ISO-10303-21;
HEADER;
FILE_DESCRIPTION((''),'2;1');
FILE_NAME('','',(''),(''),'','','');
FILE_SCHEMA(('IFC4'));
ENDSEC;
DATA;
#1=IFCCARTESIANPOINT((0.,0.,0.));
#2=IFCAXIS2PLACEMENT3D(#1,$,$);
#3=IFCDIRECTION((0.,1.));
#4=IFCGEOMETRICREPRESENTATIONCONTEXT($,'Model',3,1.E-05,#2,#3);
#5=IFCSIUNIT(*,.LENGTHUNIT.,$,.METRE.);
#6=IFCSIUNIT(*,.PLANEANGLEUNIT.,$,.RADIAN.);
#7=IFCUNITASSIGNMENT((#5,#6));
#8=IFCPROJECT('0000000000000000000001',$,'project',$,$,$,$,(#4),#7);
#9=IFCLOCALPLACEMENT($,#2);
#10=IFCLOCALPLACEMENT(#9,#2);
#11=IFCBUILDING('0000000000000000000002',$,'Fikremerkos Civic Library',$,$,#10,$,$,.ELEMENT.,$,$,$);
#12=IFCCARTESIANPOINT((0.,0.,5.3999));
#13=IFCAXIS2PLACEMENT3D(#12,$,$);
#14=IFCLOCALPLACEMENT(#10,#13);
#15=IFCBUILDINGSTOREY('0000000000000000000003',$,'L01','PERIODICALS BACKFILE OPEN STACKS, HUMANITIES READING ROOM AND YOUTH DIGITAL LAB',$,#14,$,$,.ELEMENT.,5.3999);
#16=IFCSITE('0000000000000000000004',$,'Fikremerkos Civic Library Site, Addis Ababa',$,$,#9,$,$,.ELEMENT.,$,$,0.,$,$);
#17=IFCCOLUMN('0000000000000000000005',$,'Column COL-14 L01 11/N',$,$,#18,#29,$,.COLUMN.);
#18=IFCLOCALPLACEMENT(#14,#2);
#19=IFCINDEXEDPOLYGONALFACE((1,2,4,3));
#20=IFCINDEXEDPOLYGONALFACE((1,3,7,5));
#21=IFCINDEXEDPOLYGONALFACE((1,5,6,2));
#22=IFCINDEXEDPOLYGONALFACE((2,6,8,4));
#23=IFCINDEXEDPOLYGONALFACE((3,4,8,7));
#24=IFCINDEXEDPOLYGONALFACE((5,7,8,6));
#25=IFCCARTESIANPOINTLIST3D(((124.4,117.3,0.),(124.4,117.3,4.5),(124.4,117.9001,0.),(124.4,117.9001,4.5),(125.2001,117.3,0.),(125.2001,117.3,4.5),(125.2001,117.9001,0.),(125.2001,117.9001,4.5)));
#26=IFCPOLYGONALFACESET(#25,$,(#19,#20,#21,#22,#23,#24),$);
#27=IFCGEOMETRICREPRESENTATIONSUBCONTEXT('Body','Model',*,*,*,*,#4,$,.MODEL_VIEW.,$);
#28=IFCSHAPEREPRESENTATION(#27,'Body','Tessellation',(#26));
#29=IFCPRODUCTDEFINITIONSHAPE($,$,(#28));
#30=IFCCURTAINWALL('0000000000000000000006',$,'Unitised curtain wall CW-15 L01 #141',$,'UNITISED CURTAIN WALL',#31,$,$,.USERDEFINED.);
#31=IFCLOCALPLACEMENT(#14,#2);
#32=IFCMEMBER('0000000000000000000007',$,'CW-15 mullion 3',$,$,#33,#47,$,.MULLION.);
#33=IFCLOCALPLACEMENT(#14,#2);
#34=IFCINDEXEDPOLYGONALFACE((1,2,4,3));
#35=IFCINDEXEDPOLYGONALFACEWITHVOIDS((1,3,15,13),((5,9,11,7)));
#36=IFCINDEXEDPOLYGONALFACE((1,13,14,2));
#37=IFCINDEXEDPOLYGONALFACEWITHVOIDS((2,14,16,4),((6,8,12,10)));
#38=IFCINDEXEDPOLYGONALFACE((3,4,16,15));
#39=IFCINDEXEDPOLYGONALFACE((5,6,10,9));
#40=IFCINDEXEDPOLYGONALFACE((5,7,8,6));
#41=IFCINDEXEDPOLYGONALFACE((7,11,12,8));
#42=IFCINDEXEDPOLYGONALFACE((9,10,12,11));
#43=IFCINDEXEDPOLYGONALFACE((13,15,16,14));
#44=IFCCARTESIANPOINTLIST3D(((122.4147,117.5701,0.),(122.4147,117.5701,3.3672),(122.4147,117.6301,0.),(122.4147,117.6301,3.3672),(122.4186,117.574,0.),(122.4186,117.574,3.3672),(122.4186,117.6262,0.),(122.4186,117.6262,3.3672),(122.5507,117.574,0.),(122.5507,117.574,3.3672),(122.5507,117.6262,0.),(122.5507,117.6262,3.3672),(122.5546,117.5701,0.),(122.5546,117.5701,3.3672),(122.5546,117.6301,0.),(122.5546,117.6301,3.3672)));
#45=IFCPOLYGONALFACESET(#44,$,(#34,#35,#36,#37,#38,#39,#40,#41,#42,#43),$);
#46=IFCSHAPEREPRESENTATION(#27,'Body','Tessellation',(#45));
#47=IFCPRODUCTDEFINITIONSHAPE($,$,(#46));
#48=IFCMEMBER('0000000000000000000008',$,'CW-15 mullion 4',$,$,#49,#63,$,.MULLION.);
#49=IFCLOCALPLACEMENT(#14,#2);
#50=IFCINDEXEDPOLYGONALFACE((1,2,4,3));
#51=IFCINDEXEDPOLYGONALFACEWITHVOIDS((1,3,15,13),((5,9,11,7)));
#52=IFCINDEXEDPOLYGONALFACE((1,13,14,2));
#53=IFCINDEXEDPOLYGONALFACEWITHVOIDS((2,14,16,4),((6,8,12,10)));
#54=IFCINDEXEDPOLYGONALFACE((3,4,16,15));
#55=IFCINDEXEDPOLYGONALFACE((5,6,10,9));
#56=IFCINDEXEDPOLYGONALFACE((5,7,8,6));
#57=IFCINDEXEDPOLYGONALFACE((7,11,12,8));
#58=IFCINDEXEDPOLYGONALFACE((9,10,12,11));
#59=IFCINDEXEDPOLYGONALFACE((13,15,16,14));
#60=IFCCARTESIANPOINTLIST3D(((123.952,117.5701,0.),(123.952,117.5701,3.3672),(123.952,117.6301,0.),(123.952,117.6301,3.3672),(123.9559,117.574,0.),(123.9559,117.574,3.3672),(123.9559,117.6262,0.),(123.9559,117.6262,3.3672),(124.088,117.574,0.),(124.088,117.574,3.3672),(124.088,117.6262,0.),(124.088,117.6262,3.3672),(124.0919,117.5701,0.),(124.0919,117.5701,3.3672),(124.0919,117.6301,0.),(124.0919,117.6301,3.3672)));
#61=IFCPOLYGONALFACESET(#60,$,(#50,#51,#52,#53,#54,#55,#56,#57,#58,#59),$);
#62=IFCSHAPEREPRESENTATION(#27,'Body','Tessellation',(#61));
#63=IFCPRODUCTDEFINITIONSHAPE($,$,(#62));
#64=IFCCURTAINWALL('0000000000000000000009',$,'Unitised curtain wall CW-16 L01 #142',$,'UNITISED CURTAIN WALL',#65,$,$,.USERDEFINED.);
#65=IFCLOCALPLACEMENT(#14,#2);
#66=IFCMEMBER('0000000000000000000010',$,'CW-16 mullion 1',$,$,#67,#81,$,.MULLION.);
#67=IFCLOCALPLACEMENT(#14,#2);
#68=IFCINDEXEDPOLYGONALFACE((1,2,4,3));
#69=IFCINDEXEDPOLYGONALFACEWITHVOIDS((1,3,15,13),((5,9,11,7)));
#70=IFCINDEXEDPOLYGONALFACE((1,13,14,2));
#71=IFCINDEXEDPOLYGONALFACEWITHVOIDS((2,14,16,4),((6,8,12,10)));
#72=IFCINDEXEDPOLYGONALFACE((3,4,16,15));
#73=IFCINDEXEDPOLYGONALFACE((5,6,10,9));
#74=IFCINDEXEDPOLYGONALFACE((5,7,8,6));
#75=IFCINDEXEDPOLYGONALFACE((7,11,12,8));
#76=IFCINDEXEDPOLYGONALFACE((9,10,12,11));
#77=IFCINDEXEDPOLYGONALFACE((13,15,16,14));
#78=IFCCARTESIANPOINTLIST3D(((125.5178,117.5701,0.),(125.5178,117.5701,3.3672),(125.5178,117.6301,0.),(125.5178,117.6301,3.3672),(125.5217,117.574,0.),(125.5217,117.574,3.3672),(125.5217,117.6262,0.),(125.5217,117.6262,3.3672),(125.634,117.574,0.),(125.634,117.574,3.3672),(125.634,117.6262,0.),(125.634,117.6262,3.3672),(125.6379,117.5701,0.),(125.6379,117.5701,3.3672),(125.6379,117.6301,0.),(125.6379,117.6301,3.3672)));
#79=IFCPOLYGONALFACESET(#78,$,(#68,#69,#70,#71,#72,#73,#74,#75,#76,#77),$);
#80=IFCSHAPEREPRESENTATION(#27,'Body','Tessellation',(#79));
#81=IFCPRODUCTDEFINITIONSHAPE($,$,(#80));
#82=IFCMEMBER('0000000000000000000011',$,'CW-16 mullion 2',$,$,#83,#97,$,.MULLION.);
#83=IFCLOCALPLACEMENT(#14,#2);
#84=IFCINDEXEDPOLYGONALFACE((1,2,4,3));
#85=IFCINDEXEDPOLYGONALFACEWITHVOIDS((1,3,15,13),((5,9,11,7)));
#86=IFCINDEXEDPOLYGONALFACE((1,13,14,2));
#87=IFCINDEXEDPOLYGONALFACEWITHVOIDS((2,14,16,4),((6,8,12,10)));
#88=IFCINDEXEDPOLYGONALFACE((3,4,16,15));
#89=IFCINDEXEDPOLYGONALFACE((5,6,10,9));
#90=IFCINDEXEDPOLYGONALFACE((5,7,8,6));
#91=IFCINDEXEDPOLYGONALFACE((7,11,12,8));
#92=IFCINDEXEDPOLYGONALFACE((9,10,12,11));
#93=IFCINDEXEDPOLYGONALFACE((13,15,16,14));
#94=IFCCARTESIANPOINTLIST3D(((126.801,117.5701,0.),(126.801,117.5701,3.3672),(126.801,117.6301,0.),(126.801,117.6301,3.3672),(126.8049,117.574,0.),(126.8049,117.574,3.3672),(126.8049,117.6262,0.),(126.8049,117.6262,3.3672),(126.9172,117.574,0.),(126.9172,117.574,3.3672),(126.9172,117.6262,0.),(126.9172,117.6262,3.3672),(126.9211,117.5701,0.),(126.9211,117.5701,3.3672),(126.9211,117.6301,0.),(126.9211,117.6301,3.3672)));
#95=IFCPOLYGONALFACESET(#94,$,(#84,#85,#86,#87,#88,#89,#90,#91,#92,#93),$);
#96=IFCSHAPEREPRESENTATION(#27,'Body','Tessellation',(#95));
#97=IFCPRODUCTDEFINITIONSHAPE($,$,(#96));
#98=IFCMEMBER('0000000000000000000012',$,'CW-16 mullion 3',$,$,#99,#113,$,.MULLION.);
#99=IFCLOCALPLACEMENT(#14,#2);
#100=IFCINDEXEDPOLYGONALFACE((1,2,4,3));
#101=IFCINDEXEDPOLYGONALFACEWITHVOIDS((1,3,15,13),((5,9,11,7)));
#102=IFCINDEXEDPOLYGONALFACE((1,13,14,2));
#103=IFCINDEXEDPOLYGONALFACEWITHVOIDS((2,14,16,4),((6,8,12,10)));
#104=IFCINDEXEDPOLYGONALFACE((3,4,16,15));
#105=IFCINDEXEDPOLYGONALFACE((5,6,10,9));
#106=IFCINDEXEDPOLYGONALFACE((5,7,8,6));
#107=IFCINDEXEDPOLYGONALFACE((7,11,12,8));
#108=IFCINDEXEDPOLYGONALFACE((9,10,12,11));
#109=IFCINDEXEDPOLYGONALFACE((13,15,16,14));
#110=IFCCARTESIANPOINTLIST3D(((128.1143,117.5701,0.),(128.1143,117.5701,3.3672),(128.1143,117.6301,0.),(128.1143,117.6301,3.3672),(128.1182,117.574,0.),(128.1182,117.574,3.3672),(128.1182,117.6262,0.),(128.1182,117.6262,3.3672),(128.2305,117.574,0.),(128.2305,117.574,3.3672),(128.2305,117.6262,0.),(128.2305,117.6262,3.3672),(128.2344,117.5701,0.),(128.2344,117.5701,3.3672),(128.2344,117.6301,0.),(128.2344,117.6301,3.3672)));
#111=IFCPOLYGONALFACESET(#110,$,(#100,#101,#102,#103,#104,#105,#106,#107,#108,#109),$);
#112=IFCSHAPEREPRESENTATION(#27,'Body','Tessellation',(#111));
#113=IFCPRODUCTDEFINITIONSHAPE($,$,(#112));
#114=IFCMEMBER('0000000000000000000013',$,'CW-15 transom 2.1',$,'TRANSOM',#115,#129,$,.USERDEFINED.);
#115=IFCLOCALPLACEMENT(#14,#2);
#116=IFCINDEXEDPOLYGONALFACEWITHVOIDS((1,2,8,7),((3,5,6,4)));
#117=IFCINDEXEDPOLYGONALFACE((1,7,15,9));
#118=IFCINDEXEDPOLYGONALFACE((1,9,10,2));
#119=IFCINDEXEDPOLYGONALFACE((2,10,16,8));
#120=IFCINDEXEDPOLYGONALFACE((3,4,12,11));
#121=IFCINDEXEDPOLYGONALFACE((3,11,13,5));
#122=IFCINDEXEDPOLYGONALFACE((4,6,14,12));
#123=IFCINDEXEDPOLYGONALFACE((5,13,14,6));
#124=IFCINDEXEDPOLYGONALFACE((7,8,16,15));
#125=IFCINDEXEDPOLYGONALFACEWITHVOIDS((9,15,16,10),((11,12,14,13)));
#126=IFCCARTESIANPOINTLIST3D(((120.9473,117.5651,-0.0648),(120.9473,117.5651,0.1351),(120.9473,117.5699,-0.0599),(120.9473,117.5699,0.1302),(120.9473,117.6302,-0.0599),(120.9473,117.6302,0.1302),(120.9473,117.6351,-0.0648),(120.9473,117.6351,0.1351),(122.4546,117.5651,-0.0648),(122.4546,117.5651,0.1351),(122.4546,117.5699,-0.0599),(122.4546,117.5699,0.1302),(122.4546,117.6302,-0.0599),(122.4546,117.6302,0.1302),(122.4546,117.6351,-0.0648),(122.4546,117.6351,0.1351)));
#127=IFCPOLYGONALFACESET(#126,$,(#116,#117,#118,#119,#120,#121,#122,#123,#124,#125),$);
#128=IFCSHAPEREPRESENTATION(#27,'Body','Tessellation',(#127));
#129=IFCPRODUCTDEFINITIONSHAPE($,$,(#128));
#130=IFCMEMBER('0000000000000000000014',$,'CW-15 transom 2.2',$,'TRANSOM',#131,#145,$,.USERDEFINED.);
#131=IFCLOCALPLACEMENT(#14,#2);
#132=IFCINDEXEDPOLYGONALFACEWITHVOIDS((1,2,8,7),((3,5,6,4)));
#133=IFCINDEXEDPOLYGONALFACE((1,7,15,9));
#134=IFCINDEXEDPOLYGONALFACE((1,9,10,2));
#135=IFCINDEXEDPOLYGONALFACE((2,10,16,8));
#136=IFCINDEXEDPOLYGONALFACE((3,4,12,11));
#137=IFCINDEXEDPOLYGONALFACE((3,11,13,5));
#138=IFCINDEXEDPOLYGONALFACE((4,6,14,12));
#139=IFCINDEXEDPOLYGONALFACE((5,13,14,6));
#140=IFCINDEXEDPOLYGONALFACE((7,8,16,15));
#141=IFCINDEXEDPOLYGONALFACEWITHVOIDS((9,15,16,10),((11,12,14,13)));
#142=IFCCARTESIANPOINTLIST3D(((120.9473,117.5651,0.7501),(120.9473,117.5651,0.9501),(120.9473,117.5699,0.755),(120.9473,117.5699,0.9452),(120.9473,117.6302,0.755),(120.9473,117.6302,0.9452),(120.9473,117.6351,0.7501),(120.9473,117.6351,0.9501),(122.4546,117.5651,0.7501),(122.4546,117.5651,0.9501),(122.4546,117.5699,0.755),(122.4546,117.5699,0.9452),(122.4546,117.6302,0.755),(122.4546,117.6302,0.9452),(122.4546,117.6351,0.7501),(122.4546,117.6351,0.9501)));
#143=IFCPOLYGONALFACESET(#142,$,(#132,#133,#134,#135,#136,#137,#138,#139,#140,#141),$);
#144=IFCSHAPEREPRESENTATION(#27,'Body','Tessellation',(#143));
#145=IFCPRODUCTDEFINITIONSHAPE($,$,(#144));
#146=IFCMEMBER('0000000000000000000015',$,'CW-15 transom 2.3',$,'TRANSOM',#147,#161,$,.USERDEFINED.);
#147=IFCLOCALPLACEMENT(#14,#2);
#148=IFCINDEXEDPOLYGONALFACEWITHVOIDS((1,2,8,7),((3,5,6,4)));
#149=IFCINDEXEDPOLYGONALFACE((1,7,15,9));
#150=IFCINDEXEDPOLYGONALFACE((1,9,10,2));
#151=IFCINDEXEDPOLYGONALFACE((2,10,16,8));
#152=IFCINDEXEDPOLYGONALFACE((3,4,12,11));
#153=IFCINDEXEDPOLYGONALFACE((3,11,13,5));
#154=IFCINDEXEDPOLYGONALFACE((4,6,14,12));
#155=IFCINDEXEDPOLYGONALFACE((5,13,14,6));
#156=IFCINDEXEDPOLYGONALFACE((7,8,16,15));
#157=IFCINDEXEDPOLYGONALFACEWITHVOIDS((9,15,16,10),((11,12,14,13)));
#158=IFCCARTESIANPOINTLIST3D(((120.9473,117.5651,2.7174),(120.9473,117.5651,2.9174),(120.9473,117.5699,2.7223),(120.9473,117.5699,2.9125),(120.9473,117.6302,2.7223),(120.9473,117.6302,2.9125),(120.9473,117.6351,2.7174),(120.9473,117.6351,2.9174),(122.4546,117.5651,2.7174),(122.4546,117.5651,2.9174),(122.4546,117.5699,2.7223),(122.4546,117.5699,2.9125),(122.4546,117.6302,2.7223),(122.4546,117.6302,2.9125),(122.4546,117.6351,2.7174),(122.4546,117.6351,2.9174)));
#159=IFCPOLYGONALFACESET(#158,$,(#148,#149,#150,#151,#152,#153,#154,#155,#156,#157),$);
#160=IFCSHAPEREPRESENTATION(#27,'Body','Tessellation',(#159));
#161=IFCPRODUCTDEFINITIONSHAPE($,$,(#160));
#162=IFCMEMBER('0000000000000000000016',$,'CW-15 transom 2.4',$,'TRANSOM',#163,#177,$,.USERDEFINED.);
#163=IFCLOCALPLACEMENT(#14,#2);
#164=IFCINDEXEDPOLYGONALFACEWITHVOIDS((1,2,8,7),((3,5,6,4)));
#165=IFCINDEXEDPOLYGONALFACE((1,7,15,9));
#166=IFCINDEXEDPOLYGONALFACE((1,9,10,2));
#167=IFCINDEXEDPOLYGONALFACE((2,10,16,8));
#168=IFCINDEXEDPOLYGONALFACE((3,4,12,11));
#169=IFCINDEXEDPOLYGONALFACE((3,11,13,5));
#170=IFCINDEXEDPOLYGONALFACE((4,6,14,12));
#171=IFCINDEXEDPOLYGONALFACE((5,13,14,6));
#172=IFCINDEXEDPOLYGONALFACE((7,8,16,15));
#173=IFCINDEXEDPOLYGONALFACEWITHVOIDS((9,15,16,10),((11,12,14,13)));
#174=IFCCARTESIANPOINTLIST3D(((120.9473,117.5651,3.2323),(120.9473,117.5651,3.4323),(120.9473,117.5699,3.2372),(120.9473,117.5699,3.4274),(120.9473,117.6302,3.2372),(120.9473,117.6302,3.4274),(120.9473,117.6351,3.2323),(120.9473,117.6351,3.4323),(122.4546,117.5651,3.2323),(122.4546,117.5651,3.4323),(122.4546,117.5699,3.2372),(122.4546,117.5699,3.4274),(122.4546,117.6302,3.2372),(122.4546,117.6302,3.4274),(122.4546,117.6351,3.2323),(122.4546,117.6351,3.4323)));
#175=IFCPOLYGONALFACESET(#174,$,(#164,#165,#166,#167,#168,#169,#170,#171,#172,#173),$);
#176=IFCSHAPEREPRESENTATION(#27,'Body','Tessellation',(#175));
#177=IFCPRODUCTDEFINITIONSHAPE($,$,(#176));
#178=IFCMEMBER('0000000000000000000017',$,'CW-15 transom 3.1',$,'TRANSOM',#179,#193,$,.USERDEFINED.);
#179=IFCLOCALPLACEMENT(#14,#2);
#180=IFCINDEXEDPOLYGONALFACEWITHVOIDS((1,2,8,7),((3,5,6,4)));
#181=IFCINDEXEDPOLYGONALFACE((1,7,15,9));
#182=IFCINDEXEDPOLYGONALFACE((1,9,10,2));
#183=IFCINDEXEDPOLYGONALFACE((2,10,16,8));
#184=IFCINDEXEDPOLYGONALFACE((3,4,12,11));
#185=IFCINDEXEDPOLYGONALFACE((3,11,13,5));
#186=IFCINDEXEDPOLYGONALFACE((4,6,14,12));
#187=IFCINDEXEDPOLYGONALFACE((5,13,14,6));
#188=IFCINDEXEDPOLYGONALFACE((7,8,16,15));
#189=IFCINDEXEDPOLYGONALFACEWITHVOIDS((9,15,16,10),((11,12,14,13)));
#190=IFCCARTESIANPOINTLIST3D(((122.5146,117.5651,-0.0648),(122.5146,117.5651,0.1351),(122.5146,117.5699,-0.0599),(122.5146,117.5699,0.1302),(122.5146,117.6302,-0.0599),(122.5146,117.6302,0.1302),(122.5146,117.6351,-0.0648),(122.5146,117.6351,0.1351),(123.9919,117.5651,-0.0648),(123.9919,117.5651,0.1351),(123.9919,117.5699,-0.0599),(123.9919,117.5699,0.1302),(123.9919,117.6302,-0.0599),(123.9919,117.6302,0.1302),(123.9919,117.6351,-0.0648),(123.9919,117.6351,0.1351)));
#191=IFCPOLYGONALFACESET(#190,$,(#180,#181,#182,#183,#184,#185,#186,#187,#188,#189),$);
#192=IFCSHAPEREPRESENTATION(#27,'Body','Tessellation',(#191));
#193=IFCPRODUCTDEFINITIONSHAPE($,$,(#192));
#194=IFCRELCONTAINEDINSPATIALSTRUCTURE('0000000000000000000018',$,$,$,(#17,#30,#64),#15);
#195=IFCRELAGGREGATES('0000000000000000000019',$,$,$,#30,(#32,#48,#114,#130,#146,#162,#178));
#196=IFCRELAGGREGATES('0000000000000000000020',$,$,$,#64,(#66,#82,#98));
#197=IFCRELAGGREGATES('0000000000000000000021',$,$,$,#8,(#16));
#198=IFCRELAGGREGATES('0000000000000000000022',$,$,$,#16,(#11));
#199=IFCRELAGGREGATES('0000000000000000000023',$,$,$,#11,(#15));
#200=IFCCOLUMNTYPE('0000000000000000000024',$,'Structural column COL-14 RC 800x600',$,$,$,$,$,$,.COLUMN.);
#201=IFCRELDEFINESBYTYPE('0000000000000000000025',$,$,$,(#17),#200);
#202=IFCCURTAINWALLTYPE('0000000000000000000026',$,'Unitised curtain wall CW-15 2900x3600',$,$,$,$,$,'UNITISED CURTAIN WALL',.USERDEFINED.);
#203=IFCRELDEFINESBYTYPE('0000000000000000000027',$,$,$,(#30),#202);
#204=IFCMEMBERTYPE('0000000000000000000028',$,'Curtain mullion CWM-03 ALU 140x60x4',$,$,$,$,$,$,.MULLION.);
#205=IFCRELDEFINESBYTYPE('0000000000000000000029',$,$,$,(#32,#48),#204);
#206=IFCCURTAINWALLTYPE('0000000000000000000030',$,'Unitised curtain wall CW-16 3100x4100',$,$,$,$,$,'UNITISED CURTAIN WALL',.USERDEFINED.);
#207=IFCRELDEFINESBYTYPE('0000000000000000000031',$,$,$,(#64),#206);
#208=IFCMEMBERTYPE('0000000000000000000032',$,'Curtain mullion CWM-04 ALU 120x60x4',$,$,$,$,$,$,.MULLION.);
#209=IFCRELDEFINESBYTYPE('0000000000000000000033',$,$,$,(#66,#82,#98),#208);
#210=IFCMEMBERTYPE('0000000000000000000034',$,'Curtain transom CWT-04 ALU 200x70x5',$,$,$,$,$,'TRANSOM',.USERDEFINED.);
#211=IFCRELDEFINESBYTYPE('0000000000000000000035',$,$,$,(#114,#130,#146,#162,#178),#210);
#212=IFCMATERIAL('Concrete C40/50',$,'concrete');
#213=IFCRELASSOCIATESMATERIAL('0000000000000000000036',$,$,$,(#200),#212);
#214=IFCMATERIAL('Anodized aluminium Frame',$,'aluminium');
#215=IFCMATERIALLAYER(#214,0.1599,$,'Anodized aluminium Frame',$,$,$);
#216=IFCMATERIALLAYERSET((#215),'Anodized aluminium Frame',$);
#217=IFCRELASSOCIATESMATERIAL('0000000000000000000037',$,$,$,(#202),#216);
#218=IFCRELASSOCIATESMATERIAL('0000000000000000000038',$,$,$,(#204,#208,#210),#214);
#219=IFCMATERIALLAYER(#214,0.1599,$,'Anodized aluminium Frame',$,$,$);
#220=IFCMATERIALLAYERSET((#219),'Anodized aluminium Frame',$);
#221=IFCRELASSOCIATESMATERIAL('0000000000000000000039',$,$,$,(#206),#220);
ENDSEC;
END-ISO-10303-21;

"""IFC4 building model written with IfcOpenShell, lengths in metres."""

from ifc_helpers import new_model, si_unit, direction, frame, origin, origin_2d, place, context, subcontext, project, spatial, rectangle, hollow_rectangle, extrude, material, layer, layer_set, material_profile, profile_set, type_object, element, aggregate, save


model = new_model("IFC4")

# Units and contexts
model_context = context("Model", 3, precision=1e-05, world=origin(), true_north=direction((0.0, 1.0)))
body_context = subcontext(model_context, "Body", "Model", "MODEL_VIEW")
ifc_project = project(units=[si_unit("LENGTHUNIT", "METRE"), si_unit("PLANEANGLEUNIT", "RADIAN")], contexts=[model_context])

# Site, building, storey
site_placement = place(None, origin())
site = spatial("IfcSite", under=ifc_project, at=site_placement, Name="Fikremerkos Civic Library Site, Addis Ababa", CompositionType="ELEMENT", RefElevation=0.0)
building_placement = place(site_placement, origin())
building = spatial("IfcBuilding", under=site, at=building_placement, Name="Fikremerkos Civic Library", CompositionType="ELEMENT")
storey_placement = place(building_placement, frame((0.0, 0.0, 5.3999)))
storey = spatial("IfcBuildingStorey", under=building, at=storey_placement, Name="L01", Description="PERIODICALS BACKFILE OPEN STACKS, HUMANITIES READING ROOM AND YOUTH DIGITAL LAB", CompositionType="ELEMENT", Elevation=5.3999)

# Column
ifc_material_1 = material(Name="Concrete C40/50", Category="concrete")
ifc_material_profile_1 = material_profile(ifc_material_1, rectangle(XDim=0.8, YDim=0.6001, at=origin_2d()), Name="RC 800x600")
ifc_profile_set_1 = profile_set([ifc_material_profile_1], Name="Concrete C40/50")
column_type = type_object("IfcColumnType", Name="Structural column COL-14 RC 800x600", PredefinedType="COLUMN", material=ifc_profile_set_1)
column_placement = place(storey_placement, frame((124.8, 117.6001, 0.0), z_axis=(0.0, 0.0, 1.0), x_axis=(1.0, 0.0, 0.0)))
element("IfcColumn", 1, at=column_placement, inside=storey, type_object=column_type, Name="Column COL-14 L01 11/N", PredefinedType="COLUMN", context=body_context, shape_type="SweptSolid", body=[
    extrude(rectangle(XDim=0.8, YDim=0.6001, at=origin_2d()), origin(), (0.0, 0.0, 1.0), 4.5),
])

# Curtain walls, members
ifc_material_2 = material(Name="Anodized aluminium Frame", Category="aluminium")
ifc_layer_1 = layer(ifc_material_2, 0.1599, Name="Anodized aluminium Frame")
ifc_layer_set_1 = layer_set([ifc_layer_1], Name="Anodized aluminium Frame")
curtain_wall_type_1 = type_object("IfcCurtainWallType", Name="Unitised curtain wall CW-15 2900x3600", ElementType="UNITISED CURTAIN WALL", PredefinedType="USERDEFINED", material=ifc_layer_set_1)
curtain_wall_1_placement = place(storey_placement, origin())
curtain_wall_1 = element("IfcCurtainWall", 2, at=curtain_wall_1_placement, inside=storey, type_object=curtain_wall_type_1, Name="Unitised curtain wall CW-15 L01 #141", ObjectType="UNITISED CURTAIN WALL", PredefinedType="USERDEFINED")
ifc_material_profile_2 = material_profile(ifc_material_2, hollow_rectangle(XDim=0.0601, YDim=0.1399, WallThickness=0.0039, at=origin_2d()), Name="ALU 140x60x4")
ifc_profile_set_2 = profile_set([ifc_material_profile_2], Name="Anodized aluminium Frame")
member_type_1 = type_object("IfcMemberType", Name="Curtain mullion CWM-03 ALU 140x60x4", PredefinedType="MULLION", material=ifc_profile_set_2)
member_1_placement = place(storey_placement, frame((122.4846, 117.6001, 0.0), z_axis=(0.0, 0.0, 1.0), x_axis=(0.0, 1.0, 0.0)))
member_1 = element("IfcMember", 3, at=member_1_placement, type_object=member_type_1, Name="CW-15 mullion 3", PredefinedType="MULLION", context=body_context, shape_type="SweptSolid", body=[
    extrude(hollow_rectangle(XDim=0.0601, YDim=0.1399, WallThickness=0.0039, at=origin_2d()), origin(), (0.0, 0.0, 1.0), 3.3672),
])
member_2_placement = place(storey_placement, frame((124.022, 117.6001, 0.0), z_axis=(0.0, 0.0, 1.0), x_axis=(0.0, 1.0, 0.0)))
member_2 = element("IfcMember", 4, at=member_2_placement, type_object=member_type_1, Name="CW-15 mullion 4", PredefinedType="MULLION", context=body_context, shape_type="SweptSolid", body=[
    extrude(hollow_rectangle(XDim=0.0601, YDim=0.1399, WallThickness=0.0039, at=origin_2d()), origin(), (0.0, 0.0, 1.0), 3.3672),
])
ifc_layer_2 = layer(ifc_material_2, 0.1599, Name="Anodized aluminium Frame")
ifc_layer_set_2 = layer_set([ifc_layer_2], Name="Anodized aluminium Frame")
curtain_wall_type_2 = type_object("IfcCurtainWallType", Name="Unitised curtain wall CW-16 3100x4100", ElementType="UNITISED CURTAIN WALL", PredefinedType="USERDEFINED", material=ifc_layer_set_2)
curtain_wall_2_placement = place(storey_placement, origin())
curtain_wall_2 = element("IfcCurtainWall", 5, at=curtain_wall_2_placement, inside=storey, type_object=curtain_wall_type_2, Name="Unitised curtain wall CW-16 L01 #142", ObjectType="UNITISED CURTAIN WALL", PredefinedType="USERDEFINED")
ifc_material_profile_3 = material_profile(ifc_material_2, hollow_rectangle(XDim=0.0601, YDim=0.1201, WallThickness=0.0039, at=origin_2d()), Name="ALU 120x60x4")
ifc_profile_set_3 = profile_set([ifc_material_profile_3], Name="Anodized aluminium Frame")
member_type_2 = type_object("IfcMemberType", Name="Curtain mullion CWM-04 ALU 120x60x4", PredefinedType="MULLION", material=ifc_profile_set_3)
member_3_placement = place(storey_placement, frame((125.5779, 117.6001, 0.0), z_axis=(0.0, 0.0, 1.0), x_axis=(0.0, 1.0, 0.0)))
member_3 = element("IfcMember", 6, at=member_3_placement, type_object=member_type_2, Name="CW-16 mullion 1", PredefinedType="MULLION", context=body_context, shape_type="SweptSolid", body=[
    extrude(hollow_rectangle(XDim=0.0601, YDim=0.1201, WallThickness=0.0039, at=origin_2d()), origin(), (0.0, 0.0, 1.0), 3.3672),
])
member_4_placement = place(storey_placement, frame((126.8611, 117.6001, 0.0), z_axis=(0.0, 0.0, 1.0), x_axis=(0.0, 1.0, 0.0)))
member_4 = element("IfcMember", 7, at=member_4_placement, type_object=member_type_2, Name="CW-16 mullion 2", PredefinedType="MULLION", context=body_context, shape_type="SweptSolid", body=[
    extrude(hollow_rectangle(XDim=0.0601, YDim=0.1201, WallThickness=0.0039, at=origin_2d()), origin(), (0.0, 0.0, 1.0), 3.3672),
])
member_5_placement = place(storey_placement, frame((128.1743, 117.6001, 0.0), z_axis=(0.0, 0.0, 1.0), x_axis=(0.0, 1.0, 0.0)))
member_5 = element("IfcMember", 8, at=member_5_placement, type_object=member_type_2, Name="CW-16 mullion 3", PredefinedType="MULLION", context=body_context, shape_type="SweptSolid", body=[
    extrude(hollow_rectangle(XDim=0.0601, YDim=0.1201, WallThickness=0.0039, at=origin_2d()), origin(), (0.0, 0.0, 1.0), 3.3672),
])

# Members
ifc_material_profile_4 = material_profile(ifc_material_2, hollow_rectangle(XDim=0.0701, YDim=0.2, WallThickness=0.0049, at=origin_2d()), Name="ALU 200x70x5")
ifc_profile_set_4 = profile_set([ifc_material_profile_4], Name="Anodized aluminium Frame")
member_type_3 = type_object("IfcMemberType", Name="Curtain transom CWT-04 ALU 200x70x5", ElementType="TRANSOM", PredefinedType="USERDEFINED", material=ifc_profile_set_4)
member_6_placement = place(storey_placement, frame((120.9473, 117.6001, 0.0352), z_axis=(1.0, 0.0, 0.0), x_axis=(0.0, 1.0, 0.0)))
member_6 = element("IfcMember", 9, at=member_6_placement, type_object=member_type_3, Name="CW-15 transom 2.1", ObjectType="TRANSOM", PredefinedType="USERDEFINED", context=body_context, shape_type="SweptSolid", body=[
    extrude(hollow_rectangle(XDim=0.0701, YDim=0.2, WallThickness=0.0049, at=origin_2d()), origin(), (0.0, 0.0, 1.0), 1.5073),
])
member_7_placement = place(storey_placement, frame((120.9473, 117.6001, 0.8501), z_axis=(1.0, 0.0, 0.0), x_axis=(0.0, 1.0, 0.0)))
member_7 = element("IfcMember", 10, at=member_7_placement, type_object=member_type_3, Name="CW-15 transom 2.2", ObjectType="TRANSOM", PredefinedType="USERDEFINED", context=body_context, shape_type="SweptSolid", body=[
    extrude(hollow_rectangle(XDim=0.0701, YDim=0.2, WallThickness=0.0049, at=origin_2d()), origin(), (0.0, 0.0, 1.0), 1.5073),
])
member_8_placement = place(storey_placement, frame((120.9473, 117.6001, 2.8174), z_axis=(1.0, 0.0, 0.0), x_axis=(0.0, 1.0, 0.0)))
member_8 = element("IfcMember", 11, at=member_8_placement, type_object=member_type_3, Name="CW-15 transom 2.3", ObjectType="TRANSOM", PredefinedType="USERDEFINED", context=body_context, shape_type="SweptSolid", body=[
    extrude(hollow_rectangle(XDim=0.0701, YDim=0.2, WallThickness=0.0049, at=origin_2d()), origin(), (0.0, 0.0, 1.0), 1.5073),
])
member_9_placement = place(storey_placement, frame((120.9473, 117.6001, 3.3323), z_axis=(1.0, 0.0, 0.0), x_axis=(0.0, 1.0, 0.0)))
member_9 = element("IfcMember", 12, at=member_9_placement, type_object=member_type_3, Name="CW-15 transom 2.4", ObjectType="TRANSOM", PredefinedType="USERDEFINED", context=body_context, shape_type="SweptSolid", body=[
    extrude(hollow_rectangle(XDim=0.0701, YDim=0.2, WallThickness=0.0049, at=origin_2d()), origin(), (0.0, 0.0, 1.0), 1.5073),
])
member_10_placement = place(storey_placement, frame((122.5146, 117.6001, 0.0352), z_axis=(1.0, 0.0, 0.0), x_axis=(0.0, 1.0, 0.0)))
member_10 = element("IfcMember", 13, at=member_10_placement, type_object=member_type_3, Name="CW-15 transom 3.1", ObjectType="TRANSOM", PredefinedType="USERDEFINED", context=body_context, shape_type="SweptSolid", body=[
    extrude(hollow_rectangle(XDim=0.0701, YDim=0.2, WallThickness=0.0049, at=origin_2d()), origin(), (0.0, 0.0, 1.0), 1.4773),
])

aggregate(curtain_wall_1, [member_1, member_2, member_6, member_7, member_8, member_9, member_10])
aggregate(curtain_wall_2, [member_3, member_4, member_5])

save(model, "model.ifc")
